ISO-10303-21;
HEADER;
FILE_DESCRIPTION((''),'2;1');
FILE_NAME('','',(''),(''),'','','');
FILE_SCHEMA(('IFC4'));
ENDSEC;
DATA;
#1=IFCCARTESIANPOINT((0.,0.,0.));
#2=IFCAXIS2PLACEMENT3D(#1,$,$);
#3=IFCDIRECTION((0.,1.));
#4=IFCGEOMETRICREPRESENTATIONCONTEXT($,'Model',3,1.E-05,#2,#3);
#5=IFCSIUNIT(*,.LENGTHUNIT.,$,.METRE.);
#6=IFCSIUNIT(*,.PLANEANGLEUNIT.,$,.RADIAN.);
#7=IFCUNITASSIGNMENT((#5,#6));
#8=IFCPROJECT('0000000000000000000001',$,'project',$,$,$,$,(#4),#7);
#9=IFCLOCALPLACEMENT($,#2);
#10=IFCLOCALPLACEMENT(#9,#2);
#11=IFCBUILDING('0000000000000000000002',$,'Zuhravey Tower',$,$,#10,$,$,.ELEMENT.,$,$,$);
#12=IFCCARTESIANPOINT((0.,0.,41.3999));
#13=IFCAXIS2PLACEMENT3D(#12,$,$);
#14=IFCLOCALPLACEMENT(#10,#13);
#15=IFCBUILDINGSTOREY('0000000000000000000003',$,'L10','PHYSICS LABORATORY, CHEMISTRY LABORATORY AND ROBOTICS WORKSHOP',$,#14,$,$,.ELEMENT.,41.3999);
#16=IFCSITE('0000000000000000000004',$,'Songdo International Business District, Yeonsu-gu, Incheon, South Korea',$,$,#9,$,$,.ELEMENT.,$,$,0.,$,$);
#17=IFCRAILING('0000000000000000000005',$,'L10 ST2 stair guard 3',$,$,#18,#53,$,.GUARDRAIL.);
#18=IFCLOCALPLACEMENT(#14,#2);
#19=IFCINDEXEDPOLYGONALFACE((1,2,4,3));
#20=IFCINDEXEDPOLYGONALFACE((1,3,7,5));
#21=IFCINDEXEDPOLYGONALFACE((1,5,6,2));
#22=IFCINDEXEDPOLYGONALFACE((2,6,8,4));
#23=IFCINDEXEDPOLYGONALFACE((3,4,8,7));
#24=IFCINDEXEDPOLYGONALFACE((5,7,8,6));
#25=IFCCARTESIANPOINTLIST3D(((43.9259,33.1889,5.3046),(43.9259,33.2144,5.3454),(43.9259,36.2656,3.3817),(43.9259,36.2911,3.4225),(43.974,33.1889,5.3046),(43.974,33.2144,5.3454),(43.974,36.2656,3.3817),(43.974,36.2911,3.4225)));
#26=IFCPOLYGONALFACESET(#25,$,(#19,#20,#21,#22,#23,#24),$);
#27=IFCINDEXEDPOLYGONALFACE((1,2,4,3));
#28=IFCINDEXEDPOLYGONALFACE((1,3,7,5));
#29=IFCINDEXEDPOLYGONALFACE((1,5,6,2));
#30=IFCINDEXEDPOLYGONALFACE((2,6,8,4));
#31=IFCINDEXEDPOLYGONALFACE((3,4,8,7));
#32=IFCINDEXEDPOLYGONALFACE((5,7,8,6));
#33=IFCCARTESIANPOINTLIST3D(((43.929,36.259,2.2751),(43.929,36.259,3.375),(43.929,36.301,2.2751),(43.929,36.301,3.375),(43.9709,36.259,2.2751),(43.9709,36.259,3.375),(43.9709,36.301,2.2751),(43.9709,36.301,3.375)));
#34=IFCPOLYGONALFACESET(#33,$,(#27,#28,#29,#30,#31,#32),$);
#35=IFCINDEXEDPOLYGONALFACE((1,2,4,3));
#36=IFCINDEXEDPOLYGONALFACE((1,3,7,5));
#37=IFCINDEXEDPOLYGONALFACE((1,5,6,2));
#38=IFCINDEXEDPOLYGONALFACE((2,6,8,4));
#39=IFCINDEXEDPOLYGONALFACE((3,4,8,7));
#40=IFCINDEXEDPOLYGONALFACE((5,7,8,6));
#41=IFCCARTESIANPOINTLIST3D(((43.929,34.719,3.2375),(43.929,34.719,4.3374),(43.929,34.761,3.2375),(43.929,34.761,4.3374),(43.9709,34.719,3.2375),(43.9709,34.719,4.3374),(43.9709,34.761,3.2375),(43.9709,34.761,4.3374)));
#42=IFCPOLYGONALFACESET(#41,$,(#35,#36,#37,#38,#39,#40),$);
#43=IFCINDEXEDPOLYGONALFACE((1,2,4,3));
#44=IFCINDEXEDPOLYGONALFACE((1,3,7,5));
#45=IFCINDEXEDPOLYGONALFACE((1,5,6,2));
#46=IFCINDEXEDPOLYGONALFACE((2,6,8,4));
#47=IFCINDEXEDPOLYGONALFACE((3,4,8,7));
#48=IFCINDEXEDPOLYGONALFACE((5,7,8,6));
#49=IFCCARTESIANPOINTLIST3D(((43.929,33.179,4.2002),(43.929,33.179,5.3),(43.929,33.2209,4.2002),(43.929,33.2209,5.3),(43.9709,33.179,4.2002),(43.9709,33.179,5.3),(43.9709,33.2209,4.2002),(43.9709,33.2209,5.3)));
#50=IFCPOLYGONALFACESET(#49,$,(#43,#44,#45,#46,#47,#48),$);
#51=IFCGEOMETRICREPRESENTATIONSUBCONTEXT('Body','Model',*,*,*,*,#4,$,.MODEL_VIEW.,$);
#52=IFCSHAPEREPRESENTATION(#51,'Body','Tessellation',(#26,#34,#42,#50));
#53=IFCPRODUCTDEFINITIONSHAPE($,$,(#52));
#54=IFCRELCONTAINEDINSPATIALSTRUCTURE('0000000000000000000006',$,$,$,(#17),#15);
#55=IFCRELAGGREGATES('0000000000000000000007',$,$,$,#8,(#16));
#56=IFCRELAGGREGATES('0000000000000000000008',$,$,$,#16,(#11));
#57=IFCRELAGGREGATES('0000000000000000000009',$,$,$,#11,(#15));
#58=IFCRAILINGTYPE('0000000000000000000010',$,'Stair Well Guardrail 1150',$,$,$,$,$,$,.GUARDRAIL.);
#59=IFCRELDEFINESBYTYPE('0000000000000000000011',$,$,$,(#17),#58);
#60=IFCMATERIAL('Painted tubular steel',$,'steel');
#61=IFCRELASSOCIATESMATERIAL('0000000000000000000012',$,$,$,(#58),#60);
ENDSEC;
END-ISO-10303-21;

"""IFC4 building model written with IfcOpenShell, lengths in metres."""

from ifc_helpers import new_model, si_unit, direction, frame, origin, origin_2d, place, context, subcontext, project, spatial, rectangle, extrude, material, type_object, element, save


model = new_model("IFC4")

# Units and contexts
model_context = context("Model", 3, precision=1e-05, world=origin(), true_north=direction((0.0, 1.0)))
body_context = subcontext(model_context, "Body", "Model", "MODEL_VIEW")
ifc_project = project(units=[si_unit("LENGTHUNIT", "METRE"), si_unit("PLANEANGLEUNIT", "RADIAN")], contexts=[model_context])

# Site, building, storey
site_placement = place(None, origin())
site = spatial("IfcSite", under=ifc_project, at=site_placement, Name="Songdo International Business District, Yeonsu-gu, Incheon, South Korea", CompositionType="ELEMENT", RefElevation=0.0)
building_placement = place(site_placement, origin())
building = spatial("IfcBuilding", under=site, at=building_placement, Name="Zuhravey Tower", CompositionType="ELEMENT")
storey_placement = place(building_placement, frame((0.0, 0.0, 41.3999)))
storey = spatial("IfcBuildingStorey", under=building, at=storey_placement, Name="L10", Description="PHYSICS LABORATORY, CHEMISTRY LABORATORY AND ROBOTICS WORKSHOP", CompositionType="ELEMENT", Elevation=41.3999)

# Railing
ifc_material_1 = material(Name="Painted tubular steel", Category="steel")
railing_type_1 = type_object("IfcRailingType", Name="Stair Well Guardrail 1150", PredefinedType="GUARDRAIL", material=ifc_material_1)
railing_1_placement = place(storey_placement, frame((43.95, 36.28, 2.2751)))
element("IfcRailing", 1, at=railing_1_placement, inside=storey, type_object=railing_type_1, Name="L10 ST2 stair guard 3", PredefinedType="GUARDRAIL", context=body_context, shape_type="SweptSolid", body=[
    extrude(rectangle(XDim=0.0481, YDim=0.0481, at=origin_2d()), frame((0.0, -0.0017, 1.127), z_axis=(0.0, -0.847998, 0.529999), x_axis=(1.0, 0.0, 0.0)), (0.0, 0.0, 1.0), 3.6282),
    extrude(rectangle(XDim=0.042, YDim=0.042, at=origin_2d()), origin(), (0.0, 0.0, 1.0), 1.0999),
    extrude(rectangle(XDim=0.042, YDim=0.042, at=origin_2d()), frame((0.0, -1.54, 0.9624)), (0.0, 0.0, 1.0), 1.0999),
    extrude(rectangle(XDim=0.042, YDim=0.042, at=origin_2d()), frame((0.0, -3.0801, 1.925)), (0.0, 0.0, 1.0), 1.0999),
])

save(model, "model.ifc")
